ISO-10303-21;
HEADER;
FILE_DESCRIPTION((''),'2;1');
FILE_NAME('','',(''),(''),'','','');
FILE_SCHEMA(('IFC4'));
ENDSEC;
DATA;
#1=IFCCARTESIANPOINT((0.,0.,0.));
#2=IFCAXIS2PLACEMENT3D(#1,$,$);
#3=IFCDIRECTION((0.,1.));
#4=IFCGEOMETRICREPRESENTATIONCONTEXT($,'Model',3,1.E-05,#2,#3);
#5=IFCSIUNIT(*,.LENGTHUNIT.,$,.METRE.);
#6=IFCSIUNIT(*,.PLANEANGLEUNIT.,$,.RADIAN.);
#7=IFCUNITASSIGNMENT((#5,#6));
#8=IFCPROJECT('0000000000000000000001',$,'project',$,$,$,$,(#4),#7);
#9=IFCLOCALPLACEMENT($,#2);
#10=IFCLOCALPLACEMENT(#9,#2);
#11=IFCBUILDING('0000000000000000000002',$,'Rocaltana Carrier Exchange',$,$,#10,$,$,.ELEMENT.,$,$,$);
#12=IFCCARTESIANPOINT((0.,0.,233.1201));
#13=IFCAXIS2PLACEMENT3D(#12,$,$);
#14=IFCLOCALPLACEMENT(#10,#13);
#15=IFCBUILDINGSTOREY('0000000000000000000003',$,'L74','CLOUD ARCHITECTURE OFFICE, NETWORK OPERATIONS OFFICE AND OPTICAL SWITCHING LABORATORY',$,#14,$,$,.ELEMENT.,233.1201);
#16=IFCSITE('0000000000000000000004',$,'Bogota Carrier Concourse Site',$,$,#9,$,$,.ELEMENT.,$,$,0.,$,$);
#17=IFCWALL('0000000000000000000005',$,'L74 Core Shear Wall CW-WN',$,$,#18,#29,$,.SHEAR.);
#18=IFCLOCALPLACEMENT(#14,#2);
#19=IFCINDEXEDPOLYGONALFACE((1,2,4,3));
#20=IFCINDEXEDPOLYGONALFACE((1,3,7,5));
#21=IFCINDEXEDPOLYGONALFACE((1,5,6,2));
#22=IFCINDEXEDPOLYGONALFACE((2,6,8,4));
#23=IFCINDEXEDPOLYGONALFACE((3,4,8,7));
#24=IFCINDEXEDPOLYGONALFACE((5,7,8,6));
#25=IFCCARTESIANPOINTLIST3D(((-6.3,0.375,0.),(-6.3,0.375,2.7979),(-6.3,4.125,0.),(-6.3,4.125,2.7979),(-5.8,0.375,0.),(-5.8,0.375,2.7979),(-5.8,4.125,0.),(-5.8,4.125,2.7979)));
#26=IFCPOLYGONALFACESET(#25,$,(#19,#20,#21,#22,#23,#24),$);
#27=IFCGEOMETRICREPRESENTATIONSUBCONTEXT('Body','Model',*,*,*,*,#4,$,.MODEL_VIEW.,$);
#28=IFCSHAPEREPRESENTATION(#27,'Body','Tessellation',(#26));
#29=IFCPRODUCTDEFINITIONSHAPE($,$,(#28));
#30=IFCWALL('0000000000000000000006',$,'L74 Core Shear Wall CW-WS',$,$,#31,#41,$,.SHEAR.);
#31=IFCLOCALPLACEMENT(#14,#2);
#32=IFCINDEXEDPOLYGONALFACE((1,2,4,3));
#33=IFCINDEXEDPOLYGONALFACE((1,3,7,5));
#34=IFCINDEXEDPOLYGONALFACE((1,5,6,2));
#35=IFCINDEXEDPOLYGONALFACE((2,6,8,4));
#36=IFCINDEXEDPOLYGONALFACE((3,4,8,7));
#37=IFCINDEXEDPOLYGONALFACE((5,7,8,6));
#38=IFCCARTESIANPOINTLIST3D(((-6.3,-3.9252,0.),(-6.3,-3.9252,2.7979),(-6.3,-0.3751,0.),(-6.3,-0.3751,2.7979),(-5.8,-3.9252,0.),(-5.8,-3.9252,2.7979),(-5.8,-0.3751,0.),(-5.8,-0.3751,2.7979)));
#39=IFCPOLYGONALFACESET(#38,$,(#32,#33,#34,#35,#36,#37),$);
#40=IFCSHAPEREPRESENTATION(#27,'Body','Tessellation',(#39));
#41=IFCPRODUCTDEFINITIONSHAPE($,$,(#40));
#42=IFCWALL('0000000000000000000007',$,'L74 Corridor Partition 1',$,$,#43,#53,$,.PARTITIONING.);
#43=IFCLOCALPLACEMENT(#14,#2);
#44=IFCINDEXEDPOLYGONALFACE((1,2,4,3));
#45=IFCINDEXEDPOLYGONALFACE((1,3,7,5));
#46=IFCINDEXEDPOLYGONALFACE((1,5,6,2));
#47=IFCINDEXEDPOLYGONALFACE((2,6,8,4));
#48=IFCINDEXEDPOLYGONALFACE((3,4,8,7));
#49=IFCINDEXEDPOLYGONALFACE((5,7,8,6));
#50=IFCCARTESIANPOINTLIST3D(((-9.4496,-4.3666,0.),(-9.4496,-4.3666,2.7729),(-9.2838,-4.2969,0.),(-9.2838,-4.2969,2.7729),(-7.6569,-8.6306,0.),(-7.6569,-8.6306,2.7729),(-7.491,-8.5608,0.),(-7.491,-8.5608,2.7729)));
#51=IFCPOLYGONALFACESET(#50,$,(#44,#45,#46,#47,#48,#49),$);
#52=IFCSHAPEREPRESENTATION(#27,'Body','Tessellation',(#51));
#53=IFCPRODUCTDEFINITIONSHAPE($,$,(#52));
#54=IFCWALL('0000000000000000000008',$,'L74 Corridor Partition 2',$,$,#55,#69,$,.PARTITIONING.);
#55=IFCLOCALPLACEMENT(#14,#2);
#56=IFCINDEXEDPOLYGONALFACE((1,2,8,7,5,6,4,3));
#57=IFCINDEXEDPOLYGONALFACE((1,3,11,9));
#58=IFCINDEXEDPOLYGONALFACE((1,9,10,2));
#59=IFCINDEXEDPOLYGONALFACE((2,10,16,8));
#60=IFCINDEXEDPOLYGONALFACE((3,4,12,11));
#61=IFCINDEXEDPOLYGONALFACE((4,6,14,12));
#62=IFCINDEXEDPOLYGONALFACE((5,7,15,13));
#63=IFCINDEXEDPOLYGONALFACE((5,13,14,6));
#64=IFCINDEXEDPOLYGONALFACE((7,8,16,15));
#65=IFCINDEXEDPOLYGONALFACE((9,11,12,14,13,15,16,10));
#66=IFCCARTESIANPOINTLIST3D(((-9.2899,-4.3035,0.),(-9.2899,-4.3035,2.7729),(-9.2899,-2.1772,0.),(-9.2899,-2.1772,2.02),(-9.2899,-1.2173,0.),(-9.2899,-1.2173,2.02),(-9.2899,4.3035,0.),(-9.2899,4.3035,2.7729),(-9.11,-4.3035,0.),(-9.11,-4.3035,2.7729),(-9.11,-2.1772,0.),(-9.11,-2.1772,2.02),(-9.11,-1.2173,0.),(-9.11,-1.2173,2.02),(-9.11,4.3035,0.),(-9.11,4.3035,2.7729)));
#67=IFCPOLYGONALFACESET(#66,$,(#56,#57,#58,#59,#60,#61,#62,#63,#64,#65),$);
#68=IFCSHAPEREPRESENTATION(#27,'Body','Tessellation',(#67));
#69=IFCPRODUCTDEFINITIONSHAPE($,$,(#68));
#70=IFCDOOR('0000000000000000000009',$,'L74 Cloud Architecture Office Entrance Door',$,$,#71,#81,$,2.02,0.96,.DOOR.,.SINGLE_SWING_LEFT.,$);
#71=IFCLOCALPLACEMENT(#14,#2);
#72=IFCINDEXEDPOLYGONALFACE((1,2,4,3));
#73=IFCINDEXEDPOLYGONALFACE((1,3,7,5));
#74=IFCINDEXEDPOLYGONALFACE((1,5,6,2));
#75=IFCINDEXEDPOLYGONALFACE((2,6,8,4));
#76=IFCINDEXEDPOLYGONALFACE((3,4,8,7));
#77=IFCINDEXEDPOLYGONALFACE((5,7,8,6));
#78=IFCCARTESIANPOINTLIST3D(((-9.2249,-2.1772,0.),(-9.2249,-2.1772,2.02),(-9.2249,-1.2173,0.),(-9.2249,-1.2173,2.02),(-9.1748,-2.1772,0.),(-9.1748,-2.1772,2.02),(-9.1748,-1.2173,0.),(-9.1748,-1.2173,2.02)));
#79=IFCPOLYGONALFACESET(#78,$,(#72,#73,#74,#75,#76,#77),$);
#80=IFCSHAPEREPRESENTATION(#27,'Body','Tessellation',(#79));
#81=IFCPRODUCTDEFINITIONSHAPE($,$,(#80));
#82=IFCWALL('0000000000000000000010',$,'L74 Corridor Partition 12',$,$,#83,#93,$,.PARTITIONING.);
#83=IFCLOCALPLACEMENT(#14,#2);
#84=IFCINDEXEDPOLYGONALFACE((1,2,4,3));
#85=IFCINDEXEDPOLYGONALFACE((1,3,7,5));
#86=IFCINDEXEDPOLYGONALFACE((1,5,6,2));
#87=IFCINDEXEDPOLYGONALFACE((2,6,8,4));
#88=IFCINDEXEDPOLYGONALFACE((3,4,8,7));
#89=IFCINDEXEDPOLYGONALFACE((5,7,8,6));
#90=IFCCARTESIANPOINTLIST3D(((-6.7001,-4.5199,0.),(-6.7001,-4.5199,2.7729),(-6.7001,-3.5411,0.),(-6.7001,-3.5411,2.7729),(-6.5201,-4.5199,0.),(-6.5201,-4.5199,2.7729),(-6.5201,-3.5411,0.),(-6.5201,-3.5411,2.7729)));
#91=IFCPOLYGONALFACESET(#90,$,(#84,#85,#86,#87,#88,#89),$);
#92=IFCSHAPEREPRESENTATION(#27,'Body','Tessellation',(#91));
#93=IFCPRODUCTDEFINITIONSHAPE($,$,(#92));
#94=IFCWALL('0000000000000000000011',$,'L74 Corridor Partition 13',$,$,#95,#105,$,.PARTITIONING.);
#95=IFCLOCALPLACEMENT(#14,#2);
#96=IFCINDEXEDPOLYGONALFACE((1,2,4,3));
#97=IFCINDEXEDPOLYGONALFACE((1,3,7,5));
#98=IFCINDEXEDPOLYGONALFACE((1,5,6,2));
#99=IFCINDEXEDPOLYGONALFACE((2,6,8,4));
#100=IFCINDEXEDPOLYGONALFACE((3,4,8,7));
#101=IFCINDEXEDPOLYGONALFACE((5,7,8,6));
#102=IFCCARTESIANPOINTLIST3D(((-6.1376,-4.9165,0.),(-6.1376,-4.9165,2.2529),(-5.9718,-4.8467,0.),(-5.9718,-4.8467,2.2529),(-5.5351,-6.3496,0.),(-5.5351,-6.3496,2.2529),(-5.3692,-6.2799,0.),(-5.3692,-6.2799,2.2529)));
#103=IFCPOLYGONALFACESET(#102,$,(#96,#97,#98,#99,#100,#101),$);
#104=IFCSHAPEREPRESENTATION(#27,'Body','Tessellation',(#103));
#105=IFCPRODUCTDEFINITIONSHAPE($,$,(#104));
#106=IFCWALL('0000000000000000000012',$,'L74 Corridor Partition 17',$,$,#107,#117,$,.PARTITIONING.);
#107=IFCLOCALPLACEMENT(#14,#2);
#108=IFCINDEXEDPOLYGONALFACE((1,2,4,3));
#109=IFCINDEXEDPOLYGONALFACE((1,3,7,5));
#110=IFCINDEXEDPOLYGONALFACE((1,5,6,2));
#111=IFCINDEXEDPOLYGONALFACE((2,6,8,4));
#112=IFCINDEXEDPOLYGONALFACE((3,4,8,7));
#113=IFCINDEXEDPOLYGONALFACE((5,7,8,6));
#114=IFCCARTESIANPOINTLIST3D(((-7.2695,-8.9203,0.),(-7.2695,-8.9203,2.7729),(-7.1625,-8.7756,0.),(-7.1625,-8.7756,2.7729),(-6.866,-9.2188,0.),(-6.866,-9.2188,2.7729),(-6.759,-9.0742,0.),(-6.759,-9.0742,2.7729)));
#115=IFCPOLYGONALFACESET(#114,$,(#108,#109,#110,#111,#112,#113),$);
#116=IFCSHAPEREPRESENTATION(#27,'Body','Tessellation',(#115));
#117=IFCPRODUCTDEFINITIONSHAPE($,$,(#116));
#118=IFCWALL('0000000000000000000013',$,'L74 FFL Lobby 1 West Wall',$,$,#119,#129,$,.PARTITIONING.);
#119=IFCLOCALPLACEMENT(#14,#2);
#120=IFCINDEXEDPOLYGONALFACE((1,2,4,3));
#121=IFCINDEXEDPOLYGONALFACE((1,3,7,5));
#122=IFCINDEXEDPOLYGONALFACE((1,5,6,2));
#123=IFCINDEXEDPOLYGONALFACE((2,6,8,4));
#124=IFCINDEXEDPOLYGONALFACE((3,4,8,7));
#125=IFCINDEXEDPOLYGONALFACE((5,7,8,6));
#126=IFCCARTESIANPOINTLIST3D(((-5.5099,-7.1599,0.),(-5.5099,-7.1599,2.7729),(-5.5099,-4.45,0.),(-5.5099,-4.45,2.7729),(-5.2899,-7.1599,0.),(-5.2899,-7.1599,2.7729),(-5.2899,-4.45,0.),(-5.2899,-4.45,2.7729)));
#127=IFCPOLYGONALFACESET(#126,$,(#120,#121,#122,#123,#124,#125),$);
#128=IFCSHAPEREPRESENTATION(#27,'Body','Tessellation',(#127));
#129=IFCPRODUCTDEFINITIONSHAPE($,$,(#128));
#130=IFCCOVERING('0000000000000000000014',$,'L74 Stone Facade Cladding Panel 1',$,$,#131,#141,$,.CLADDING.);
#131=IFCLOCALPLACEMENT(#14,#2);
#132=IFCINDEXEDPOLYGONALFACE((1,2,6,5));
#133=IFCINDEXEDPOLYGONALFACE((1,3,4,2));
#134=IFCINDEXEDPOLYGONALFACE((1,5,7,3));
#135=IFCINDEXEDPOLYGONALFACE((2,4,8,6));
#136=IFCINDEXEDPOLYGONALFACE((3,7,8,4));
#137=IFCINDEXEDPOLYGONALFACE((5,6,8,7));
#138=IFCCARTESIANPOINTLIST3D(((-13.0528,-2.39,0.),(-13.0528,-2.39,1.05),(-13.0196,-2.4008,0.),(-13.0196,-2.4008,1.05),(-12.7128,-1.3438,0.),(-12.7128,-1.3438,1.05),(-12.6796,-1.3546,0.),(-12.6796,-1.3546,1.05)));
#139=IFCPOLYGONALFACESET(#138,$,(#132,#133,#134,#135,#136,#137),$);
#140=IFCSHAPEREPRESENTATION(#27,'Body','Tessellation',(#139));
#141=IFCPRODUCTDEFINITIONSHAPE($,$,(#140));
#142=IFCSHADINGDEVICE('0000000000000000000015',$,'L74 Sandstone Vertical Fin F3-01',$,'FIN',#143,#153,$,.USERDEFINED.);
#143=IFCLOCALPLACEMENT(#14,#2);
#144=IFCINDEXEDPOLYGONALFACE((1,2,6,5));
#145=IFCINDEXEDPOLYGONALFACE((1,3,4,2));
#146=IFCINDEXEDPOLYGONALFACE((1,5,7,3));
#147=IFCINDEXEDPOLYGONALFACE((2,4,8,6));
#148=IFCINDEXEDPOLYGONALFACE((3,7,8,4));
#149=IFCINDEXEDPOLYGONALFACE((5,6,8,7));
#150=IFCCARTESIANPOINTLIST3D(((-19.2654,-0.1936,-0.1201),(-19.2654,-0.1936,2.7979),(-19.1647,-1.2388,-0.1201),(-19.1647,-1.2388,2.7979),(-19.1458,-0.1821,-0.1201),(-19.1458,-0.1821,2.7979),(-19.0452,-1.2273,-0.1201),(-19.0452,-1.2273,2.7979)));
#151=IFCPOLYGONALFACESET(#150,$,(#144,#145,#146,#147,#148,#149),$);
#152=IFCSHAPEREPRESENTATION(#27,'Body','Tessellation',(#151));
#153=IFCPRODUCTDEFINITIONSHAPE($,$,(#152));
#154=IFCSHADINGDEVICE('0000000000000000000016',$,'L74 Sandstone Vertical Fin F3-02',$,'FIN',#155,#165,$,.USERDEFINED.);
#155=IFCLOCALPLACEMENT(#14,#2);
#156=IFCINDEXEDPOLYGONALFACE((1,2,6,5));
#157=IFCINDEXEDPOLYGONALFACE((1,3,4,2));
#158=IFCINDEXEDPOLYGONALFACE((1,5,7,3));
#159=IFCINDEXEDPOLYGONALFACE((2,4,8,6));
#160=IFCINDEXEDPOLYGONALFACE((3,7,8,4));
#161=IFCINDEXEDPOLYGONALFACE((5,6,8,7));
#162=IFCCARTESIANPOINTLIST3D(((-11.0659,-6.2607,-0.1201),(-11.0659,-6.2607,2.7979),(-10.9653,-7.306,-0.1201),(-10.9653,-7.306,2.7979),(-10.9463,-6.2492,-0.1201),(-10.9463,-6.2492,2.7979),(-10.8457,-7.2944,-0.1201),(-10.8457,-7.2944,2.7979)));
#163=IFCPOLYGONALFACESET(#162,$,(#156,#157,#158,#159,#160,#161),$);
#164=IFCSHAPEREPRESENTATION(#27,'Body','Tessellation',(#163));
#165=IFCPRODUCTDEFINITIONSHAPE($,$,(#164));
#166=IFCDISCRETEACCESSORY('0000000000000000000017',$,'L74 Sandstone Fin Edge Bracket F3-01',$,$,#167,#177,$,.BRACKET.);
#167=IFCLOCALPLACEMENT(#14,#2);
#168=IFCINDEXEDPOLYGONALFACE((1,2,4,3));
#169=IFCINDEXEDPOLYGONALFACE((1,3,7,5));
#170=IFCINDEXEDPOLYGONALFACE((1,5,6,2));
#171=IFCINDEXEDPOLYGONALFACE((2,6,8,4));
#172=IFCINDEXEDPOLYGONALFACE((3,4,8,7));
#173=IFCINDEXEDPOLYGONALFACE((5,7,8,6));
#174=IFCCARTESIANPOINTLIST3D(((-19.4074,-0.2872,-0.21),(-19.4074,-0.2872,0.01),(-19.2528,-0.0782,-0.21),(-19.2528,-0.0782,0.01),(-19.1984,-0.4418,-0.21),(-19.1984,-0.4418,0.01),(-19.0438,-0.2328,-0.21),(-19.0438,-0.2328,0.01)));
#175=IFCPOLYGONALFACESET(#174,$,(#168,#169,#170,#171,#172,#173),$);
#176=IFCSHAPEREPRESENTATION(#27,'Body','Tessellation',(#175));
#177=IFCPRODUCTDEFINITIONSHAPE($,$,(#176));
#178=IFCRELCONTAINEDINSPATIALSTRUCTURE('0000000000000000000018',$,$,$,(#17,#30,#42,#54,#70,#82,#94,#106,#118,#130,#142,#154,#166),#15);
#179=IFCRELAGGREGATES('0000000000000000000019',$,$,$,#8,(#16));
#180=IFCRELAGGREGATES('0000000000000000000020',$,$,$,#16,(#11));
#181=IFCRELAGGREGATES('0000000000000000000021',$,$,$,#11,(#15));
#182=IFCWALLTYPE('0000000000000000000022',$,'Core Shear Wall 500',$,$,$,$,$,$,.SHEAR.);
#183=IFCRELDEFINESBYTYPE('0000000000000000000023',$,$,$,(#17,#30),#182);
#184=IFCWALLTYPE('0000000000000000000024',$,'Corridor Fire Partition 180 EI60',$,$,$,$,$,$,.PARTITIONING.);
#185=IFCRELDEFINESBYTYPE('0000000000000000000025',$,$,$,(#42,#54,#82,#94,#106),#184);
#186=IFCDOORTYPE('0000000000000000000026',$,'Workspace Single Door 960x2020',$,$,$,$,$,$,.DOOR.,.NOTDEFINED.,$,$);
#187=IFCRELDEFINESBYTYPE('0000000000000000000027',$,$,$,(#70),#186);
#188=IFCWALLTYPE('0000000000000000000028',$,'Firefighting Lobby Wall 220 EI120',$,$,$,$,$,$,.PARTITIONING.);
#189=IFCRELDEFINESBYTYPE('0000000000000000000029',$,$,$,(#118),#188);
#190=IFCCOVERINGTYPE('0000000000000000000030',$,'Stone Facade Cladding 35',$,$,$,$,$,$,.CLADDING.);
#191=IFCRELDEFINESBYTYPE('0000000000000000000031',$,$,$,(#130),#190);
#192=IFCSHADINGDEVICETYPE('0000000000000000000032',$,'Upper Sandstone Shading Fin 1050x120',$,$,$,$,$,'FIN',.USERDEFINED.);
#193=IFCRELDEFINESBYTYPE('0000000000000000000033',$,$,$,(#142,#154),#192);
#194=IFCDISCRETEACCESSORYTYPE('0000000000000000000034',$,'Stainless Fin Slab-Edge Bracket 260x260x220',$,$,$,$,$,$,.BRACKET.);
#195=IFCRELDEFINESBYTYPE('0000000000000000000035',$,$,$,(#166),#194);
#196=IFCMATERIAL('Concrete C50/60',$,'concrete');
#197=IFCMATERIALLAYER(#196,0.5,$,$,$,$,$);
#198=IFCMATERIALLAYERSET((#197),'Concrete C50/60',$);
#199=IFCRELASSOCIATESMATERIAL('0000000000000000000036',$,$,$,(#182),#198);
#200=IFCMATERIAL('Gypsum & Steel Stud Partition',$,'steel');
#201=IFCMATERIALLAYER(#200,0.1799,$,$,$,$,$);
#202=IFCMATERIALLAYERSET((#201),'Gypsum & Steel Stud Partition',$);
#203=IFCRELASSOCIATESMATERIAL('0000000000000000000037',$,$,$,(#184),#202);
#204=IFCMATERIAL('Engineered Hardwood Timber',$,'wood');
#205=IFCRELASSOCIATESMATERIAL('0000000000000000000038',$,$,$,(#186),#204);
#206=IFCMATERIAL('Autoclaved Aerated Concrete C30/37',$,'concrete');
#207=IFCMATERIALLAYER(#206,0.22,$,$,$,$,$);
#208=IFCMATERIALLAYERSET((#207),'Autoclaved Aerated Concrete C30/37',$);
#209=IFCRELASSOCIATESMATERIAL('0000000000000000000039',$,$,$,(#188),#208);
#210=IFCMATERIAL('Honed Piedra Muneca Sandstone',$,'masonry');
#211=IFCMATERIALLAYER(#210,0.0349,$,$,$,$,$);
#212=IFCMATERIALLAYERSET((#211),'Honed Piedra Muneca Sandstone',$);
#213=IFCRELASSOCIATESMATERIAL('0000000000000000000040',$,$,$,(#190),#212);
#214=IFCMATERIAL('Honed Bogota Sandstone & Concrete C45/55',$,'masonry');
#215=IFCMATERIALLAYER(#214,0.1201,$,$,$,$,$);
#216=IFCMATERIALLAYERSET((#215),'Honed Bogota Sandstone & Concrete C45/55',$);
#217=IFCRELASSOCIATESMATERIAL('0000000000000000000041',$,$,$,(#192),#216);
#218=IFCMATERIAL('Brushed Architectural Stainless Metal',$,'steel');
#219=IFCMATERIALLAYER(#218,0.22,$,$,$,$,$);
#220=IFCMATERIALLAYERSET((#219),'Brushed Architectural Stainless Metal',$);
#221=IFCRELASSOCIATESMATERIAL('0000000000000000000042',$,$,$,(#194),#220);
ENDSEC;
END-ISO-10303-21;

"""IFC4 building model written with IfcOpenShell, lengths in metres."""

from ifc_helpers import new_model, si_unit, direction, frame, frame_2d, origin, origin_2d, place, context, subcontext, project, spatial, rectangle, extrude, material, layer, layer_set, type_object, element, fill, save


model = new_model("IFC4")

# Units and contexts
model_context = context("Model", 3, precision=1e-05, world=origin(), true_north=direction((0.0, 1.0)))
body_context = subcontext(model_context, "Body", "Model", "MODEL_VIEW")
ifc_project = project(units=[si_unit("LENGTHUNIT", "METRE"), si_unit("PLANEANGLEUNIT", "RADIAN")], contexts=[model_context])

# Site, building, storey
site_placement = place(None, origin())
site = spatial("IfcSite", under=ifc_project, at=site_placement, Name="Bogota Carrier Concourse Site", CompositionType="ELEMENT", RefElevation=0.0)
building_placement = place(site_placement, origin())
building = spatial("IfcBuilding", under=site, at=building_placement, Name="Rocaltana Carrier Exchange", CompositionType="ELEMENT")
storey_placement = place(building_placement, frame((0.0, 0.0, 233.1201)))
storey = spatial("IfcBuildingStorey", under=building, at=storey_placement, Name="L74", Description="CLOUD ARCHITECTURE OFFICE, NETWORK OPERATIONS OFFICE AND OPTICAL SWITCHING LABORATORY", CompositionType="ELEMENT", Elevation=233.1201)

# Walls
ifc_material_1 = material(Name="Concrete C50/60", Category="concrete")
ifc_layer_1 = layer(ifc_material_1, 0.5)
ifc_layer_set_1 = layer_set([ifc_layer_1], Name="Concrete C50/60")
wall_type_1 = type_object("IfcWallType", Name="Core Shear Wall 500", PredefinedType="SHEAR", material=ifc_layer_set_1)
wall_1_placement = place(storey_placement, frame((-6.05, 0.375, 0.0), z_axis=(0.0, 0.0, 1.0), x_axis=(0.0, 1.0, 0.0)))
element("IfcWall", 1, at=wall_1_placement, inside=storey, type_object=wall_type_1, Name="L74 Core Shear Wall CW-WN", PredefinedType="SHEAR", context=body_context, shape_type="SweptSolid", body=[
    extrude(rectangle(XDim=3.75, YDim=0.5, at=frame_2d((1.875, 0.0))), origin(), (0.0, 0.0, 1.0), 2.7979),
])
wall_2_placement = place(storey_placement, frame((-6.05, -3.925, 0.0), z_axis=(0.0, 0.0, 1.0), x_axis=(0.0, 1.0, 0.0)))
element("IfcWall", 2, at=wall_2_placement, inside=storey, type_object=wall_type_1, Name="L74 Core Shear Wall CW-WS", PredefinedType="SHEAR", context=body_context, shape_type="SweptSolid", body=[
    extrude(rectangle(XDim=3.55, YDim=0.5, at=frame_2d((1.7749, 0.0))), origin(), (0.0, 0.0, 1.0), 2.7979),
])
ifc_material_2 = material(Name="Gypsum & Steel Stud Partition", Category="steel")
ifc_layer_2 = layer(ifc_material_2, 0.1799)
ifc_layer_set_2 = layer_set([ifc_layer_2], Name="Gypsum & Steel Stud Partition")
wall_type_2 = type_object("IfcWallType", Name="Corridor Fire Partition 180 EI60", PredefinedType="PARTITIONING", material=ifc_layer_set_2)
wall_3_placement = place(storey_placement, frame((-7.574, -8.5957, 0.0), z_axis=(0.0, 0.0, 1.0), x_axis=(-0.387578, 0.921837, 0.0)))
element("IfcWall", 3, at=wall_3_placement, inside=storey, type_object=wall_type_2, Name="L74 Corridor Partition 1", PredefinedType="PARTITIONING", context=body_context, shape_type="SweptSolid", body=[
    extrude(rectangle(XDim=4.6255, YDim=0.1799, at=frame_2d((2.3127, 0.0))), origin(), (0.0, 0.0, 1.0), 2.7729),
])

# Wall, opening, door
wall_4_placement = place(storey_placement, frame((-9.2, -4.3035, 0.0), z_axis=(0.0, 0.0, 1.0), x_axis=(0.0, 1.0, 0.0)))
wall_4 = element("IfcWall", 4, at=wall_4_placement, inside=storey, type_object=wall_type_2, Name="L74 Corridor Partition 2", PredefinedType="PARTITIONING", context=body_context, shape_type="SweptSolid", body=[
    extrude(rectangle(XDim=8.6069, YDim=0.1799, at=frame_2d((4.3035, 0.0))), origin(), (0.0, 0.0, 1.0), 2.7729),
])
opening_1_placement = place(wall_4_placement, frame((2.1262, 0.0, 0.0)))
opening_1 = element("IfcOpeningElement", 5, at=opening_1_placement, cuts=wall_4, PredefinedType="OPENING", context=body_context, shape_type="SweptSolid", body=[
    extrude(rectangle(XDim=0.96, YDim=2.02, at=frame_2d((0.48, 1.01))), frame((0.0, 0.0999, 0.0), z_axis=(0.0, -1.0, 0.0), x_axis=(1.0, 0.0, 0.0)), (0.0, 0.0, 1.0), 0.2),
])
ifc_material_3 = material(Name="Engineered Hardwood Timber", Category="wood")
door_type_1 = type_object("IfcDoorType", Name="Workspace Single Door 960x2020", OperationType="NOTDEFINED", PredefinedType="DOOR", material=ifc_material_3)
door_1_placement = place(opening_1_placement, origin())
door_1 = element("IfcDoor", 6, at=door_1_placement, inside=storey, type_object=door_type_1, Name="L74 Cloud Architecture Office Entrance Door", OperationType="SINGLE_SWING_LEFT", OverallHeight=2.02, OverallWidth=0.96, PredefinedType="DOOR", context=body_context, shape_type="SweptSolid", body=[
    extrude(rectangle(XDim=0.96, YDim=2.02, at=frame_2d((0.48, 1.01))), frame((0.0, 0.0249, 0.0), z_axis=(0.0, -1.0, 0.0), x_axis=(1.0, 0.0, 0.0)), (0.0, 0.0, 1.0), 0.05),
])
fill(opening_1, door_1)

# Walls
wall_5_placement = place(storey_placement, frame((-6.6101, -3.5413, 0.0), z_axis=(0.0, 0.0, 1.0), x_axis=(0.0, -1.0, 0.0)))
element("IfcWall", 7, at=wall_5_placement, inside=storey, type_object=wall_type_2, Name="L74 Corridor Partition 12", PredefinedType="PARTITIONING", context=body_context, shape_type="SweptSolid", body=[
    extrude(rectangle(XDim=0.9788, YDim=0.1799, at=frame_2d((0.4893, 0.0))), origin(), (0.0, 0.0, 1.0), 2.7729),
])
wall_6_placement = place(storey_placement, frame((-6.0547, -4.8816, 0.0), z_axis=(0.0, 0.0, 1.0), x_axis=(0.38758, -0.921836, 0.0)))
element("IfcWall", 8, at=wall_6_placement, inside=storey, type_object=wall_type_2, Name="L74 Corridor Partition 13", PredefinedType="PARTITIONING", context=body_context, shape_type="SweptSolid", body=[
    extrude(rectangle(XDim=1.5547, YDim=0.1799, at=frame_2d((0.7773, 0.0))), origin(), (0.0, 0.0, 1.0), 2.2529),
])
wall_7_placement = place(storey_placement, frame((-6.8125, -9.1465, 0.0), z_axis=(0.0, 0.0, 1.0), x_axis=(-0.803893, 0.594774, 0.0)))
element("IfcWall", 9, at=wall_7_placement, inside=storey, type_object=wall_type_2, Name="L74 Corridor Partition 17", PredefinedType="PARTITIONING", context=body_context, shape_type="SweptSolid", body=[
    extrude(rectangle(XDim=0.502, YDim=0.1799, at=frame_2d((0.251, 0.0))), origin(), (0.0, 0.0, 1.0), 2.7729),
])
ifc_material_4 = material(Name="Autoclaved Aerated Concrete C30/37", Category="concrete")
ifc_layer_3 = layer(ifc_material_4, 0.22)
ifc_layer_set_3 = layer_set([ifc_layer_3], Name="Autoclaved Aerated Concrete C30/37")
wall_type_3 = type_object("IfcWallType", Name="Firefighting Lobby Wall 220 EI120", PredefinedType="PARTITIONING", material=ifc_layer_set_3)
wall_8_placement = place(storey_placement, frame((-5.3999, -7.1599, 0.0), z_axis=(0.0, 0.0, 1.0), x_axis=(0.0, 1.0, 0.0)))
element("IfcWall", 10, at=wall_8_placement, inside=storey, type_object=wall_type_3, Name="L74 FFL Lobby 1 West Wall", PredefinedType="PARTITIONING", context=body_context, shape_type="SweptSolid", body=[
    extrude(rectangle(XDim=2.71, YDim=0.22, at=frame_2d((1.355, 0.0))), origin(), (0.0, 0.0, 1.0), 2.7729),
])

# Covering
ifc_material_5 = material(Name="Honed Piedra Muneca Sandstone", Category="masonry")
ifc_layer_4 = layer(ifc_material_5, 0.0349)
ifc_layer_set_4 = layer_set([ifc_layer_4], Name="Honed Piedra Muneca Sandstone")
covering_type = type_object("IfcCoveringType", Name="Stone Facade Cladding 35", PredefinedType="CLADDING", material=ifc_layer_set_4)
covering_placement = place(storey_placement, frame((-12.8662, -1.8723, 0.0), z_axis=(0.0, 0.0, 1.0), x_axis=(0.309017, 0.951057, 0.0)))
element("IfcCovering", 11, at=covering_placement, inside=storey, type_object=covering_type, Name="L74 Stone Facade Cladding Panel 1", PredefinedType="CLADDING", context=body_context, shape_type="SweptSolid", body=[
    extrude(rectangle(XDim=1.1001, YDim=0.0349, at=origin_2d()), origin(), (0.0, 0.0, 1.0), 1.05),
])

# Shading devices
ifc_material_6 = material(Name="Honed Bogota Sandstone & Concrete C45/55", Category="masonry")
ifc_layer_5 = layer(ifc_material_6, 0.1201)
ifc_layer_set_5 = layer_set([ifc_layer_5], Name="Honed Bogota Sandstone & Concrete C45/55")
shading_device_type = type_object("IfcShadingDeviceType", Name="Upper Sandstone Shading Fin 1050x120", ElementType="FIN", PredefinedType="USERDEFINED", material=ifc_layer_set_5)
for number, where, z_axis, x_axis, name in (
    (12, (-19.1553, -0.7104, -0.1201), (0.0, 0.0, 1.0), (0.095846, -0.995396, 0.0), "L74 Sandstone Vertical Fin F3-01"),
    (13, (-10.9558, -6.7776, -0.1201), (0.0, 0.0, 1.0), (0.095846, -0.995396, 0.0), "L74 Sandstone Vertical Fin F3-02"),
):
    element("IfcShadingDevice", number, at=place(storey_placement, frame(where, z_axis=z_axis, x_axis=x_axis)), inside=storey, type_object=shading_device_type, Name=name, ObjectType="FIN", PredefinedType="USERDEFINED", context=body_context, shape_type="SweptSolid", body=[
        extrude(rectangle(XDim=1.05, YDim=0.1201, at=origin_2d()), origin(), (0.0, 0.0, 1.0), 2.918),
    ])

# Discrete accessory
ifc_material_7 = material(Name="Brushed Architectural Stainless Metal", Category="steel")
ifc_layer_6 = layer(ifc_material_7, 0.22)
ifc_layer_set_6 = layer_set([ifc_layer_6], Name="Brushed Architectural Stainless Metal")
discrete_accessory_type = type_object("IfcDiscreteAccessoryType", Name="Stainless Fin Slab-Edge Bracket 260x260x220", PredefinedType="BRACKET", material=ifc_layer_set_6)
for number, where, z_axis, x_axis, name in (
    (14, (-19.2256, -0.26, -0.21), (0.0, 0.0, 1.0), (0.803857, -0.594823, 0.0), "L74 Sandstone Fin Edge Bracket F3-01"),
):
    element("IfcDiscreteAccessory", number, at=place(storey_placement, frame(where, z_axis=z_axis, x_axis=x_axis)), inside=storey, type_object=discrete_accessory_type, Name=name, PredefinedType="BRACKET", context=body_context, shape_type="SweptSolid", body=[
        extrude(rectangle(XDim=0.26, YDim=0.26, at=origin_2d()), origin(), (0.0, 0.0, 1.0), 0.22),
    ])

save(model, "model.ifc")
